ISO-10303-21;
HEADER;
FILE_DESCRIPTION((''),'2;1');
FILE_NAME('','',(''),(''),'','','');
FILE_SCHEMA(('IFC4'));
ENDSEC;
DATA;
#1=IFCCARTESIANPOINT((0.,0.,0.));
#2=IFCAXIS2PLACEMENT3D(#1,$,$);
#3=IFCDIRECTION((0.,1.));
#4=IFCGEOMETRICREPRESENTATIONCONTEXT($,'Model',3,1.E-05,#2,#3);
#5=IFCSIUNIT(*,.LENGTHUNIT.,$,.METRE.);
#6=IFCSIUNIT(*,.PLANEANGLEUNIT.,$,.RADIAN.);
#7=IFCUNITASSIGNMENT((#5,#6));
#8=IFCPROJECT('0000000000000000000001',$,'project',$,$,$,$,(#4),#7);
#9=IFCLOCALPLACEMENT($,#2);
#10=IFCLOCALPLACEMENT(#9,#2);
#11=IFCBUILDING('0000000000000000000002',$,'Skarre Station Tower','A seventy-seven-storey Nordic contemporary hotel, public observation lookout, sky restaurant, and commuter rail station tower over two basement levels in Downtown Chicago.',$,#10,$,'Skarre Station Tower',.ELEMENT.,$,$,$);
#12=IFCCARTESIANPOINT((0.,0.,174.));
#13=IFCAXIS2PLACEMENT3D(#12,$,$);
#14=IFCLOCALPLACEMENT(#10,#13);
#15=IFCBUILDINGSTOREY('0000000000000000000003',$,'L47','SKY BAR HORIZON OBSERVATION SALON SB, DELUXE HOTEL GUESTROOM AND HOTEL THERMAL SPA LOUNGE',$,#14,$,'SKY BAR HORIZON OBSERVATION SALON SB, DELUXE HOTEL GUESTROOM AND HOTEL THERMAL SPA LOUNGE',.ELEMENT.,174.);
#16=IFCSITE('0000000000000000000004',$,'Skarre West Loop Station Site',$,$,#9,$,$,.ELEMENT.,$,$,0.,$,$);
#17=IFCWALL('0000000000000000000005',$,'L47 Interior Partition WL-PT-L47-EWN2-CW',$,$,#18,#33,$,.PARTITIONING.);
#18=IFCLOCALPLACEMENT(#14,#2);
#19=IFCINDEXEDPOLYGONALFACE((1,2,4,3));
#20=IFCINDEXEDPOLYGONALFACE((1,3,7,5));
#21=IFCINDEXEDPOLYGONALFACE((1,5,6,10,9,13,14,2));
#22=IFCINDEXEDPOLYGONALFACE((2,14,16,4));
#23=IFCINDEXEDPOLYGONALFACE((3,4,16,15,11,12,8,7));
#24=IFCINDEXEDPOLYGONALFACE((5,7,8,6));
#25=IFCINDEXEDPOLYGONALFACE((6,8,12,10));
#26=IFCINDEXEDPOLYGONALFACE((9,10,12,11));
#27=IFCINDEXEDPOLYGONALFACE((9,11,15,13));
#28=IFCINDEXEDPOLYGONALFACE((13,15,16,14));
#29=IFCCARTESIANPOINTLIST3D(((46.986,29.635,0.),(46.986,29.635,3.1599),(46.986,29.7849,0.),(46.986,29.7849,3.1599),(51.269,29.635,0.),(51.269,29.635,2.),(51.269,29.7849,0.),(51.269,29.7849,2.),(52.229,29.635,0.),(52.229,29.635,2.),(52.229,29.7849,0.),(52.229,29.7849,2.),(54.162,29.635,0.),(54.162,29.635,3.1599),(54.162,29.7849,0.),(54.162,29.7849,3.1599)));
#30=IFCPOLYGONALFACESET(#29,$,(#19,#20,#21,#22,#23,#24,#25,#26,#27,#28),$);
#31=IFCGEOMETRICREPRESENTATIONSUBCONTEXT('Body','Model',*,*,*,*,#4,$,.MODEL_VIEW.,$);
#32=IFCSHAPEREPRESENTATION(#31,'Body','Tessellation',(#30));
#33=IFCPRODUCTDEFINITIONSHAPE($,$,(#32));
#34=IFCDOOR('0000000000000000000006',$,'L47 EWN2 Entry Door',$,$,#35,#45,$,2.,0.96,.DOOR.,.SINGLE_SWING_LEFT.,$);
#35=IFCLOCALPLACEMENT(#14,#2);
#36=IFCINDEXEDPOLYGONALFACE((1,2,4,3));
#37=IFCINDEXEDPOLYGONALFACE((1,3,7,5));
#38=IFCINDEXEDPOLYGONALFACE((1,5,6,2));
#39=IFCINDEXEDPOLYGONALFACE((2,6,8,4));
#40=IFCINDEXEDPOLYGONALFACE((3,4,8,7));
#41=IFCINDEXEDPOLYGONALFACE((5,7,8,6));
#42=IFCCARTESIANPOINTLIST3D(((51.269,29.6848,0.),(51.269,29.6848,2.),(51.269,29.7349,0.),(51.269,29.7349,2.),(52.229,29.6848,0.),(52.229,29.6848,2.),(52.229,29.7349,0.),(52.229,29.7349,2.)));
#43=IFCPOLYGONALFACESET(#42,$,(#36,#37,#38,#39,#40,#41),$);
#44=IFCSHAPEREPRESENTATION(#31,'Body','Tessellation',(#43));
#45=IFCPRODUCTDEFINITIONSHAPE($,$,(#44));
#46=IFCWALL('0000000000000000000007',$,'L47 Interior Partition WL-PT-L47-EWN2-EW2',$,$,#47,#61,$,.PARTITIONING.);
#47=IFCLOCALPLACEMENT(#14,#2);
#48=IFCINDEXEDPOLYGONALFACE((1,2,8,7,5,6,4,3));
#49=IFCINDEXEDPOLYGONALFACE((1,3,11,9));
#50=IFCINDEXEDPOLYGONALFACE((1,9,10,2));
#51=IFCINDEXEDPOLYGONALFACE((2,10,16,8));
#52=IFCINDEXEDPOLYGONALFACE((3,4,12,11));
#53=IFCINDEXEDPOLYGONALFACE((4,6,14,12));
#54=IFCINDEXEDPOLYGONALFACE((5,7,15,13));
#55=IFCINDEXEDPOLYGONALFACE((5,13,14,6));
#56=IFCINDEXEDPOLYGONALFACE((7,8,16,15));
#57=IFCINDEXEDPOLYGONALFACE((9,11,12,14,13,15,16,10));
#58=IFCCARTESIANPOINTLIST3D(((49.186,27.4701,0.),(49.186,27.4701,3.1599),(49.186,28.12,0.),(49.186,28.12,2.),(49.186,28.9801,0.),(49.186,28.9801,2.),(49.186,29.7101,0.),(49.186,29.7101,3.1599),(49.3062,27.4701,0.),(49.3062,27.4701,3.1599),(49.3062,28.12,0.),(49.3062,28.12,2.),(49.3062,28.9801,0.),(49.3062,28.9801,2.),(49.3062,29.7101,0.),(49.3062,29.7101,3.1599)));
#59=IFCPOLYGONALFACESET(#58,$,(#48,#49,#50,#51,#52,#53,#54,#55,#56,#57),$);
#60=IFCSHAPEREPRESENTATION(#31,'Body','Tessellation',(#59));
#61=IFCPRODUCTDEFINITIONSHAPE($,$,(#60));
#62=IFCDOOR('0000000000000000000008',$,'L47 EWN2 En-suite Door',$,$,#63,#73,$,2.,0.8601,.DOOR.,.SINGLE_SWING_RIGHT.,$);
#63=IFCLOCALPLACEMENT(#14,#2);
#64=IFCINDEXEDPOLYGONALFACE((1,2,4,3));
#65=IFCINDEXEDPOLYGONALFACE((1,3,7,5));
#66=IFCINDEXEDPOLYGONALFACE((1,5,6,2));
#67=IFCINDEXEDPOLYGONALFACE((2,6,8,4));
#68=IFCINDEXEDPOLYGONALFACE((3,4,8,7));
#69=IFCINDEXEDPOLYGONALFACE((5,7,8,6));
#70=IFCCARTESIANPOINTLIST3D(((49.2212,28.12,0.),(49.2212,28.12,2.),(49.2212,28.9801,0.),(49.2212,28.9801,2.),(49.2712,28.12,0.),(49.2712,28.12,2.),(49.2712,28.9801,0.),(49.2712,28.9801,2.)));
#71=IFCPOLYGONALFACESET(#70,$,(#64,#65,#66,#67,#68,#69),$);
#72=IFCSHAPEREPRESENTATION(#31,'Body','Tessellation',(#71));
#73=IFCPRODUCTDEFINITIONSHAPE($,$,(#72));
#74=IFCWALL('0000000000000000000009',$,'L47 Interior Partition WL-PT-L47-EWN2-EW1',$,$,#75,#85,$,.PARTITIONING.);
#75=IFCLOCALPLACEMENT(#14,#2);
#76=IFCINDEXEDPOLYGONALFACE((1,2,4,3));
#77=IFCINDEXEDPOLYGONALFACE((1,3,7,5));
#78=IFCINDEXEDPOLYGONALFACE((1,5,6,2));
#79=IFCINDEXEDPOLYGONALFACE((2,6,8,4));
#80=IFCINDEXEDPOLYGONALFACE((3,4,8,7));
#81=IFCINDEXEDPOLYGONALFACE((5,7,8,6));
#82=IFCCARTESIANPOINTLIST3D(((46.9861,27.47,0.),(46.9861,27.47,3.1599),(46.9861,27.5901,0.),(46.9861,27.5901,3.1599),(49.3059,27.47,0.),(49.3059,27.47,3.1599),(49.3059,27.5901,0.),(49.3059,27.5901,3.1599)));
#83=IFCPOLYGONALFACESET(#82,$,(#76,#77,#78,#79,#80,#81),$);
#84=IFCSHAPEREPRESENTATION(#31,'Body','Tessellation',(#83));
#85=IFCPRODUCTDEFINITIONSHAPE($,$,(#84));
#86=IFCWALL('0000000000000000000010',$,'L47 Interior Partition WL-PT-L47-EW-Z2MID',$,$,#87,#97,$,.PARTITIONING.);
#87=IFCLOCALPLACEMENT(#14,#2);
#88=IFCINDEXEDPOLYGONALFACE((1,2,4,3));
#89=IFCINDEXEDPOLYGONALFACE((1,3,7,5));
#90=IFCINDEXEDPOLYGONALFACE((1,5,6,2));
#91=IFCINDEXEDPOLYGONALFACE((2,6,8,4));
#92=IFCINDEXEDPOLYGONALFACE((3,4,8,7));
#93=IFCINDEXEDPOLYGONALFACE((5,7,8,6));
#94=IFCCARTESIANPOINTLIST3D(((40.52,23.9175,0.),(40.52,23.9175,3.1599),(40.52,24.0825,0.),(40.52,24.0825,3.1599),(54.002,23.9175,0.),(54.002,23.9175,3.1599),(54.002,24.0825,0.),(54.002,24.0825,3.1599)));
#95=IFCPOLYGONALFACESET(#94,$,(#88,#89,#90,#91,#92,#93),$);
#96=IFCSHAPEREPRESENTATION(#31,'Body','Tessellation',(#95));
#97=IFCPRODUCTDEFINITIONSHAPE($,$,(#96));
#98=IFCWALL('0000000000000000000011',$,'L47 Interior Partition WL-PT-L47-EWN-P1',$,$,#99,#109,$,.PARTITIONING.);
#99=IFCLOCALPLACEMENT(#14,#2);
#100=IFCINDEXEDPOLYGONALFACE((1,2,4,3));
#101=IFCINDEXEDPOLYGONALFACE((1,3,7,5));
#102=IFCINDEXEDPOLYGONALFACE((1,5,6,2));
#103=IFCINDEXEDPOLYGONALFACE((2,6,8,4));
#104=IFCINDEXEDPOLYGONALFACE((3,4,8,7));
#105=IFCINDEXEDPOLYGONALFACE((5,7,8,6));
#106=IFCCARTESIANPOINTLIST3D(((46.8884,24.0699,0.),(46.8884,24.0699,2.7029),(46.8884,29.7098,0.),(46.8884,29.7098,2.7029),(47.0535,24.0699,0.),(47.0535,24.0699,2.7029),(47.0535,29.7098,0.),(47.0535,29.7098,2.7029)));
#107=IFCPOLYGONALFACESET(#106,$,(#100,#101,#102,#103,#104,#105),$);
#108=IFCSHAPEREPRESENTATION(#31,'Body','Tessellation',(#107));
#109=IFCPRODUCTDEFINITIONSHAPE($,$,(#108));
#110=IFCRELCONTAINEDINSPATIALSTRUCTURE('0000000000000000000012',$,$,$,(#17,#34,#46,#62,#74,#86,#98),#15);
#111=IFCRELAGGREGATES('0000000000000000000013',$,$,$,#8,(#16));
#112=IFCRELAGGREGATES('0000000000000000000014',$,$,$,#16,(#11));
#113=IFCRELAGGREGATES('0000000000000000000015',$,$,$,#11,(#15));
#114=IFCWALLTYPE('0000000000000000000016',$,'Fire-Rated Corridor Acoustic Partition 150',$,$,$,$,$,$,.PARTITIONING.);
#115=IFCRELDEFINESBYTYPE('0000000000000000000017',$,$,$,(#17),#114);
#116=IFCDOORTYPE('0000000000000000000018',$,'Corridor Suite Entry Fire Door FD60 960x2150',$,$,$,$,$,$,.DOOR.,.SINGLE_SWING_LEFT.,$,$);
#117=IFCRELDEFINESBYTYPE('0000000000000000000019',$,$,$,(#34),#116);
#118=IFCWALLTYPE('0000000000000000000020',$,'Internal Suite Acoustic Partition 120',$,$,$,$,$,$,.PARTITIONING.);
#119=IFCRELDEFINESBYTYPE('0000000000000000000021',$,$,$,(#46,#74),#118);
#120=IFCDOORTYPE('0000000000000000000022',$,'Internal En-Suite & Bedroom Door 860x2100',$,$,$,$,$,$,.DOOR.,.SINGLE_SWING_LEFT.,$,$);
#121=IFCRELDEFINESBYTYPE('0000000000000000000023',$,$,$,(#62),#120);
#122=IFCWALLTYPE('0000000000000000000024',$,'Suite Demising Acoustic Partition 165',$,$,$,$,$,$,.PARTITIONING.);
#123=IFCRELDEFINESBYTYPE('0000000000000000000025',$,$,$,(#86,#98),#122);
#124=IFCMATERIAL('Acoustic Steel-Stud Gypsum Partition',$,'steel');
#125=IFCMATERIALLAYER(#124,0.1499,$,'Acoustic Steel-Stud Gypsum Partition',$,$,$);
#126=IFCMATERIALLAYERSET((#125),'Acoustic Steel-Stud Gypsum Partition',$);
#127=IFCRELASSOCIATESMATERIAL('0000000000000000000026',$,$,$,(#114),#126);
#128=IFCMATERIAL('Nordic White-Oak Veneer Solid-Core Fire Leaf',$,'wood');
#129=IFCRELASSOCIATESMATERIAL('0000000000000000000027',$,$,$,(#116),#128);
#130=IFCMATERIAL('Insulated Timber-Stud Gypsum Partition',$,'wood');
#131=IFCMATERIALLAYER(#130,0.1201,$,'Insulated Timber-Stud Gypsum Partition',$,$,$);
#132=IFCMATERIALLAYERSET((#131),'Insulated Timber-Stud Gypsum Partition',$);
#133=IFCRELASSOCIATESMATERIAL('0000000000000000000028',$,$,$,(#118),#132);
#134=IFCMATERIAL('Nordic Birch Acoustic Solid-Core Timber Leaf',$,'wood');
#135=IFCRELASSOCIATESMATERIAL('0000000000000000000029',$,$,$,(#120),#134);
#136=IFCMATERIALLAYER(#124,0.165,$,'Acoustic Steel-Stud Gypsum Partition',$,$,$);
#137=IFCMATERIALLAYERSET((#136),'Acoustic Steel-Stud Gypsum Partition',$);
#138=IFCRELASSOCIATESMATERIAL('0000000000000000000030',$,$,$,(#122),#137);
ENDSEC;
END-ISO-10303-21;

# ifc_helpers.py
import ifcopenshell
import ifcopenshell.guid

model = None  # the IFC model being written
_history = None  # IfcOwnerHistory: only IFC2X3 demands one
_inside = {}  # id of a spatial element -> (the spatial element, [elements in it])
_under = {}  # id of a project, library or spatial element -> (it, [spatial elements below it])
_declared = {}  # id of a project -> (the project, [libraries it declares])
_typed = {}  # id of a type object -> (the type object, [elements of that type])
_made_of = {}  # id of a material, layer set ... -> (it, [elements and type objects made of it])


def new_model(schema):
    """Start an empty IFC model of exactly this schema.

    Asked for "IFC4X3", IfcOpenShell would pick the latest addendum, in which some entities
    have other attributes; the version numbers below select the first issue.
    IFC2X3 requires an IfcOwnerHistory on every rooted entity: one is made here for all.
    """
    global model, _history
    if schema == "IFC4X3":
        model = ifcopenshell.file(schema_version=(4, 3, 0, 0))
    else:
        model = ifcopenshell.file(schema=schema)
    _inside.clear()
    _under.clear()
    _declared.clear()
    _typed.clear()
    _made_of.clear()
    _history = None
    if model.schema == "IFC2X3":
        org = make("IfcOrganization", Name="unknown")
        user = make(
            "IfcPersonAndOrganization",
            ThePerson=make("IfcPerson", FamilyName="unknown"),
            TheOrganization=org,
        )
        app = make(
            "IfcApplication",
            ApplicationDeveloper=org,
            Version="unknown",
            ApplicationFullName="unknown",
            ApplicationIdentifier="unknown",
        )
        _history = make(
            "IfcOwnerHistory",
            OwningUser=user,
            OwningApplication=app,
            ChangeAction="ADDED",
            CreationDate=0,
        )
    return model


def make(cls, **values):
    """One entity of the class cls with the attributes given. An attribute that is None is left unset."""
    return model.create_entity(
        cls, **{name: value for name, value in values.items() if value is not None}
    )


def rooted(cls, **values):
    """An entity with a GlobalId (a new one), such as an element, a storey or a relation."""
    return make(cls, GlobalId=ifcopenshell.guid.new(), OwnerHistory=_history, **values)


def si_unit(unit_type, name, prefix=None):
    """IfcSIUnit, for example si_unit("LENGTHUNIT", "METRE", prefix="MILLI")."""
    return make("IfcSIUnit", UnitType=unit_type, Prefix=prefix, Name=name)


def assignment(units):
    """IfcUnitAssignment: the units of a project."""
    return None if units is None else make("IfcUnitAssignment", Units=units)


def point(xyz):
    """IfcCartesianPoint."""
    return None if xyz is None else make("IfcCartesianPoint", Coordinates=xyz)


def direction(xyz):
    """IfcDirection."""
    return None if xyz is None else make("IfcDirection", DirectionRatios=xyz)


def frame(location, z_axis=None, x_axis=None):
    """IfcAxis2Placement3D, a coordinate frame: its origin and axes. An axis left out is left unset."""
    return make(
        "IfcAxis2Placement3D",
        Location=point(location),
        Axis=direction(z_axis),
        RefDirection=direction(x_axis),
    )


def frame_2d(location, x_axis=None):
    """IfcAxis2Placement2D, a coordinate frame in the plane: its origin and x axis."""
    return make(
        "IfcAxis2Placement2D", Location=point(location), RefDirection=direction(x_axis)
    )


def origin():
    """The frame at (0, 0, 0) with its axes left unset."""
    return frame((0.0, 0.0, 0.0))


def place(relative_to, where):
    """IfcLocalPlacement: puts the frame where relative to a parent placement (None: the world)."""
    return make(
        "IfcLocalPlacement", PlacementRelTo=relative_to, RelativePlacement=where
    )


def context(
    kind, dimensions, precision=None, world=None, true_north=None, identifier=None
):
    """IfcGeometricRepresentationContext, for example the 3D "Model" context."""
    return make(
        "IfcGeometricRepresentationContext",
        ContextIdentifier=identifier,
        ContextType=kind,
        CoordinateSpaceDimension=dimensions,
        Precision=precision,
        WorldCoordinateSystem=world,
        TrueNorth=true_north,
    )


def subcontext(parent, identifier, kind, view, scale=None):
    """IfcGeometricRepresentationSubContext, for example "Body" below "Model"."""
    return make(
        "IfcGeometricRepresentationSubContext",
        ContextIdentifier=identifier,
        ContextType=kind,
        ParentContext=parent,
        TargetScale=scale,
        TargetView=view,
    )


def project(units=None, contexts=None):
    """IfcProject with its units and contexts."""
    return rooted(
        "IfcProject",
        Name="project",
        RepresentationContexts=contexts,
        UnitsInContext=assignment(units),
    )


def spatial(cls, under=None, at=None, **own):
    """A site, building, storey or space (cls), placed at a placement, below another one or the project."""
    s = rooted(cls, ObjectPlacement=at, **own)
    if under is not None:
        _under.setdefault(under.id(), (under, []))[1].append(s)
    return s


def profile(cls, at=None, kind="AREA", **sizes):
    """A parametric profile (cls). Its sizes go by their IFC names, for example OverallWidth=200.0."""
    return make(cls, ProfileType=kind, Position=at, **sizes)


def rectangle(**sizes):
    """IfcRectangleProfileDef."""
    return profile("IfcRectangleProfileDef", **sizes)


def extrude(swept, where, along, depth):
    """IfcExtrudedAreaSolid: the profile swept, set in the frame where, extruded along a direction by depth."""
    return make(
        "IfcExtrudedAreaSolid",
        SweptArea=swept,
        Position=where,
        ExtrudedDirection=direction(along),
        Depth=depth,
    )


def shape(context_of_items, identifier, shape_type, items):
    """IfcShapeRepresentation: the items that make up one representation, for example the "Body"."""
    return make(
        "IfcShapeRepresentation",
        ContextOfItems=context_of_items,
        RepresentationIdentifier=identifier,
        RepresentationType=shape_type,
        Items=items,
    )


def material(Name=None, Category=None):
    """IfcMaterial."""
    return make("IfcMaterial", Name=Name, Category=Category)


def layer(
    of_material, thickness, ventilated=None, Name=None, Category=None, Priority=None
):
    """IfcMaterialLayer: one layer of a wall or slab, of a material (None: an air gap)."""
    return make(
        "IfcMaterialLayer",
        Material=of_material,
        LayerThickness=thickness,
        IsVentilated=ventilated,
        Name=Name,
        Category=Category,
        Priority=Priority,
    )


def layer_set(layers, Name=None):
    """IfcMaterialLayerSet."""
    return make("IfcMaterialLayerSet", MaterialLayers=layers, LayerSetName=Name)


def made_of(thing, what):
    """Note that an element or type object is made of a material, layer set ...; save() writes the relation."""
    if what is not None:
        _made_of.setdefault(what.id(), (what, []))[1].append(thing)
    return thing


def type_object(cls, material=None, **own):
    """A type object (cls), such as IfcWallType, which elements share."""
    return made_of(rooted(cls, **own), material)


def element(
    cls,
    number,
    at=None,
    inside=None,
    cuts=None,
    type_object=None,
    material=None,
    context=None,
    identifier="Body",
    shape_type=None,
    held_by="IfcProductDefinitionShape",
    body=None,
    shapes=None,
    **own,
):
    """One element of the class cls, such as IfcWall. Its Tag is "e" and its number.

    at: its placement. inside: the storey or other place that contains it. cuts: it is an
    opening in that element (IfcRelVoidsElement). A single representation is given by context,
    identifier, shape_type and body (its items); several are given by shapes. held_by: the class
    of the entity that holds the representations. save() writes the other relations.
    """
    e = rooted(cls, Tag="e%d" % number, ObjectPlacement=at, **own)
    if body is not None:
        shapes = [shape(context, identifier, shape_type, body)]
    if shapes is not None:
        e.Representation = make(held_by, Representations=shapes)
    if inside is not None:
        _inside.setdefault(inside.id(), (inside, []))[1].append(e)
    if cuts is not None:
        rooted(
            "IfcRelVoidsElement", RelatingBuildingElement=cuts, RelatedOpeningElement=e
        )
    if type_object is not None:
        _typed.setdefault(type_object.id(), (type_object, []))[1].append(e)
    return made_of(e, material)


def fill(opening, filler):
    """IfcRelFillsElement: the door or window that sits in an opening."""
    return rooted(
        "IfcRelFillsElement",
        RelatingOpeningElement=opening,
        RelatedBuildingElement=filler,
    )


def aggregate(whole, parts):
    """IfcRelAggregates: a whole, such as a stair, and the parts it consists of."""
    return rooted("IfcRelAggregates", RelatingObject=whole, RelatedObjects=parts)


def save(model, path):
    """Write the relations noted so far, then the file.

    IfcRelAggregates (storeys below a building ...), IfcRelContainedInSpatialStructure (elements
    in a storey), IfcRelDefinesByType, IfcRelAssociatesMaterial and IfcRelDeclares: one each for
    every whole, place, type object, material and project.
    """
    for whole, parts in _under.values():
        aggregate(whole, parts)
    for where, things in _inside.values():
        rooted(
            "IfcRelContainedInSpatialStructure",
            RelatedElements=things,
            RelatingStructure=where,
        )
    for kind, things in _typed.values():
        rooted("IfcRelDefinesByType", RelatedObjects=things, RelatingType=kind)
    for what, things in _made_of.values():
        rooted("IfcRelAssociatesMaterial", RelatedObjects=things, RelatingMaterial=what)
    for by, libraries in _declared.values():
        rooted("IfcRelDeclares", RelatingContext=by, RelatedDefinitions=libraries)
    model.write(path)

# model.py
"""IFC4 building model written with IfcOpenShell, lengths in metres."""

from ifc_helpers import new_model, si_unit, direction, frame, frame_2d, origin, place, context, subcontext, project, spatial, rectangle, extrude, material, layer, layer_set, type_object, element, fill, save


model = new_model("IFC4")

# Units and contexts
model_context = context("Model", 3, precision=1e-05, world=origin(), true_north=direction((0.0, 1.0)))
body_context = subcontext(model_context, "Body", "Model", "MODEL_VIEW")
ifc_project = project(units=[si_unit("LENGTHUNIT", "METRE"), si_unit("PLANEANGLEUNIT", "RADIAN")], contexts=[model_context])

# Site, building, storey
site_placement = place(None, origin())
site = spatial("IfcSite", under=ifc_project, at=site_placement, Name="Skarre West Loop Station Site", CompositionType="ELEMENT", RefElevation=0.0)
building_placement = place(site_placement, origin())
building = spatial("IfcBuilding", under=site, at=building_placement, Name="Skarre Station Tower", Description="A seventy-seven-storey Nordic contemporary hotel, public observation lookout, sky restaurant, and commuter rail station tower over two basement levels in Downtown Chicago.", LongName="Skarre Station Tower", CompositionType="ELEMENT")
storey_placement = place(building_placement, frame((0.0, 0.0, 174.0)))
storey = spatial("IfcBuildingStorey", under=building, at=storey_placement, Name="L47", Description="SKY BAR HORIZON OBSERVATION SALON SB, DELUXE HOTEL GUESTROOM AND HOTEL THERMAL SPA LOUNGE", LongName="SKY BAR HORIZON OBSERVATION SALON SB, DELUXE HOTEL GUESTROOM AND HOTEL THERMAL SPA LOUNGE", CompositionType="ELEMENT", Elevation=174.0)

# Shared definitions
ifc_material_1 = material(Name="Acoustic Steel-Stud Gypsum Partition", Category="steel")
ifc_layer_1 = layer(ifc_material_1, 0.1499, Name="Acoustic Steel-Stud Gypsum Partition")
ifc_layer_set_1 = layer_set([ifc_layer_1], Name="Acoustic Steel-Stud Gypsum Partition")
wall_type_1 = type_object("IfcWallType", Name="Fire-Rated Corridor Acoustic Partition 150", PredefinedType="PARTITIONING", material=ifc_layer_set_1)

# Walls, openings, doors
ifc_material_2 = material(Name="Nordic White-Oak Veneer Solid-Core Fire Leaf", Category="wood")
door_type_1 = type_object("IfcDoorType", Name="Corridor Suite Entry Fire Door FD60 960x2150", OperationType="SINGLE_SWING_LEFT", PredefinedType="DOOR", material=ifc_material_2)
wall_1_placement = place(storey_placement, frame((46.9861, 29.71, 0.0), z_axis=(0.0, 0.0, 1.0), x_axis=(1.0, 0.0, 0.0)))
wall_1 = element("IfcWall", 1, at=wall_1_placement, inside=storey, type_object=wall_type_1, Name="L47 Interior Partition WL-PT-L47-EWN2-CW", PredefinedType="PARTITIONING", context=body_context, shape_type="SweptSolid", body=[
    extrude(rectangle(XDim=7.176, YDim=0.1499, at=frame_2d((3.5879, 0.0))), origin(), (0.0, 0.0, 1.0), 3.1599),
])
opening_1_placement = place(wall_1_placement, frame((4.283, 0.0, 0.0)))
opening_1 = element("IfcOpeningElement", 2, at=opening_1_placement, cuts=wall_1, PredefinedType="OPENING", context=body_context, shape_type="SweptSolid", body=[
    extrude(rectangle(XDim=0.96, YDim=2.0, at=frame_2d((0.48, 1.0))), frame((0.0, 0.085, 0.0), z_axis=(0.0, -1.0, 0.0), x_axis=(1.0, 0.0, 0.0)), (0.0, 0.0, 1.0), 0.1699),
])
door_1_placement = place(opening_1_placement, origin())
door_1 = element("IfcDoor", 3, at=door_1_placement, inside=storey, type_object=door_type_1, Name="L47 EWN2 Entry Door", OperationType="SINGLE_SWING_LEFT", OverallHeight=2.0, OverallWidth=0.96, PredefinedType="DOOR", context=body_context, shape_type="SweptSolid", body=[
    extrude(rectangle(XDim=0.96, YDim=2.0, at=frame_2d((0.48, 1.0))), frame((0.0, 0.0249, 0.0), z_axis=(0.0, -1.0, 0.0), x_axis=(1.0, 0.0, 0.0)), (0.0, 0.0, 1.0), 0.05),
])
fill(opening_1, door_1)
ifc_material_3 = material(Name="Insulated Timber-Stud Gypsum Partition", Category="wood")
ifc_layer_2 = layer(ifc_material_3, 0.1201, Name="Insulated Timber-Stud Gypsum Partition")
ifc_layer_set_2 = layer_set([ifc_layer_2], Name="Insulated Timber-Stud Gypsum Partition")
wall_type_2 = type_object("IfcWallType", Name="Internal Suite Acoustic Partition 120", PredefinedType="PARTITIONING", material=ifc_layer_set_2)
wall_2_placement = place(storey_placement, frame((49.2461, 27.47, 0.0), z_axis=(0.0, 0.0, 1.0), x_axis=(0.0, 1.0, 0.0)))
wall_2 = element("IfcWall", 4, at=wall_2_placement, inside=storey, type_object=wall_type_2, Name="L47 Interior Partition WL-PT-L47-EWN2-EW2", PredefinedType="PARTITIONING", context=body_context, shape_type="SweptSolid", body=[
    extrude(rectangle(XDim=2.24, YDim=0.1201, at=frame_2d((1.1201, 0.0))), origin(), (0.0, 0.0, 1.0), 3.1599),
])
opening_2_placement = place(wall_2_placement, frame((0.6499, 0.0, 0.0)))
opening_2 = element("IfcOpeningElement", 5, at=opening_2_placement, cuts=wall_2, PredefinedType="OPENING", context=body_context, shape_type="SweptSolid", body=[
    extrude(rectangle(XDim=0.8601, YDim=2.0, at=frame_2d((0.4302, 1.0))), frame((0.0, 0.0701, 0.0), z_axis=(0.0, -1.0, 0.0), x_axis=(1.0, 0.0, 0.0)), (0.0, 0.0, 1.0), 0.1401),
])
ifc_material_4 = material(Name="Nordic Birch Acoustic Solid-Core Timber Leaf", Category="wood")
door_type_2 = type_object("IfcDoorType", Name="Internal En-Suite & Bedroom Door 860x2100", OperationType="SINGLE_SWING_LEFT", PredefinedType="DOOR", material=ifc_material_4)
door_2_placement = place(opening_2_placement, origin())
door_2 = element("IfcDoor", 6, at=door_2_placement, inside=storey, type_object=door_type_2, Name="L47 EWN2 En-suite Door", OperationType="SINGLE_SWING_RIGHT", OverallHeight=2.0, OverallWidth=0.8601, PredefinedType="DOOR", context=body_context, shape_type="SweptSolid", body=[
    extrude(rectangle(XDim=0.8601, YDim=2.0, at=frame_2d((0.4302, 1.0))), frame((0.0, 0.0249, 0.0), z_axis=(0.0, -1.0, 0.0), x_axis=(1.0, 0.0, 0.0)), (0.0, 0.0, 1.0), 0.05),
])
fill(opening_2, door_2)

# Walls
wall_3_placement = place(storey_placement, frame((46.9861, 27.53, 0.0), z_axis=(0.0, 0.0, 1.0), x_axis=(1.0, 0.0, 0.0)))
element("IfcWall", 7, at=wall_3_placement, inside=storey, type_object=wall_type_2, Name="L47 Interior Partition WL-PT-L47-EWN2-EW1", PredefinedType="PARTITIONING", context=body_context, shape_type="SweptSolid", body=[
    extrude(rectangle(XDim=2.3198, YDim=0.1201, at=frame_2d((1.1599, 0.0))), origin(), (0.0, 0.0, 1.0), 3.1599),
])
ifc_layer_3 = layer(ifc_material_1, 0.165, Name="Acoustic Steel-Stud Gypsum Partition")
ifc_layer_set_3 = layer_set([ifc_layer_3], Name="Acoustic Steel-Stud Gypsum Partition")
wall_type_3 = type_object("IfcWallType", Name="Suite Demising Acoustic Partition 165", PredefinedType="PARTITIONING", material=ifc_layer_set_3)
wall_4_placement = place(storey_placement, frame((40.52, 24.0, 0.0), z_axis=(0.0, 0.0, 1.0), x_axis=(1.0, 0.0, 0.0)))
element("IfcWall", 8, at=wall_4_placement, inside=storey, type_object=wall_type_3, Name="L47 Interior Partition WL-PT-L47-EW-Z2MID", PredefinedType="PARTITIONING", context=body_context, shape_type="SweptSolid", body=[
    extrude(rectangle(XDim=13.4819, YDim=0.165, at=frame_2d((6.741, 0.0))), origin(), (0.0, 0.0, 1.0), 3.1599),
])
wall_5_placement = place(storey_placement, frame((46.9709, 24.0701, 0.0), z_axis=(0.0, 0.0, 1.0), x_axis=(0.0, 1.0, 0.0)))
element("IfcWall", 9, at=wall_5_placement, inside=storey, type_object=wall_type_3, Name="L47 Interior Partition WL-PT-L47-EWN-P1", PredefinedType="PARTITIONING", context=body_context, shape_type="SweptSolid", body=[
    extrude(rectangle(XDim=5.6399, YDim=0.165, at=frame_2d((2.8198, 0.0))), origin(), (0.0, 0.0, 1.0), 2.7029),
])

save(model, "model.ifc")
